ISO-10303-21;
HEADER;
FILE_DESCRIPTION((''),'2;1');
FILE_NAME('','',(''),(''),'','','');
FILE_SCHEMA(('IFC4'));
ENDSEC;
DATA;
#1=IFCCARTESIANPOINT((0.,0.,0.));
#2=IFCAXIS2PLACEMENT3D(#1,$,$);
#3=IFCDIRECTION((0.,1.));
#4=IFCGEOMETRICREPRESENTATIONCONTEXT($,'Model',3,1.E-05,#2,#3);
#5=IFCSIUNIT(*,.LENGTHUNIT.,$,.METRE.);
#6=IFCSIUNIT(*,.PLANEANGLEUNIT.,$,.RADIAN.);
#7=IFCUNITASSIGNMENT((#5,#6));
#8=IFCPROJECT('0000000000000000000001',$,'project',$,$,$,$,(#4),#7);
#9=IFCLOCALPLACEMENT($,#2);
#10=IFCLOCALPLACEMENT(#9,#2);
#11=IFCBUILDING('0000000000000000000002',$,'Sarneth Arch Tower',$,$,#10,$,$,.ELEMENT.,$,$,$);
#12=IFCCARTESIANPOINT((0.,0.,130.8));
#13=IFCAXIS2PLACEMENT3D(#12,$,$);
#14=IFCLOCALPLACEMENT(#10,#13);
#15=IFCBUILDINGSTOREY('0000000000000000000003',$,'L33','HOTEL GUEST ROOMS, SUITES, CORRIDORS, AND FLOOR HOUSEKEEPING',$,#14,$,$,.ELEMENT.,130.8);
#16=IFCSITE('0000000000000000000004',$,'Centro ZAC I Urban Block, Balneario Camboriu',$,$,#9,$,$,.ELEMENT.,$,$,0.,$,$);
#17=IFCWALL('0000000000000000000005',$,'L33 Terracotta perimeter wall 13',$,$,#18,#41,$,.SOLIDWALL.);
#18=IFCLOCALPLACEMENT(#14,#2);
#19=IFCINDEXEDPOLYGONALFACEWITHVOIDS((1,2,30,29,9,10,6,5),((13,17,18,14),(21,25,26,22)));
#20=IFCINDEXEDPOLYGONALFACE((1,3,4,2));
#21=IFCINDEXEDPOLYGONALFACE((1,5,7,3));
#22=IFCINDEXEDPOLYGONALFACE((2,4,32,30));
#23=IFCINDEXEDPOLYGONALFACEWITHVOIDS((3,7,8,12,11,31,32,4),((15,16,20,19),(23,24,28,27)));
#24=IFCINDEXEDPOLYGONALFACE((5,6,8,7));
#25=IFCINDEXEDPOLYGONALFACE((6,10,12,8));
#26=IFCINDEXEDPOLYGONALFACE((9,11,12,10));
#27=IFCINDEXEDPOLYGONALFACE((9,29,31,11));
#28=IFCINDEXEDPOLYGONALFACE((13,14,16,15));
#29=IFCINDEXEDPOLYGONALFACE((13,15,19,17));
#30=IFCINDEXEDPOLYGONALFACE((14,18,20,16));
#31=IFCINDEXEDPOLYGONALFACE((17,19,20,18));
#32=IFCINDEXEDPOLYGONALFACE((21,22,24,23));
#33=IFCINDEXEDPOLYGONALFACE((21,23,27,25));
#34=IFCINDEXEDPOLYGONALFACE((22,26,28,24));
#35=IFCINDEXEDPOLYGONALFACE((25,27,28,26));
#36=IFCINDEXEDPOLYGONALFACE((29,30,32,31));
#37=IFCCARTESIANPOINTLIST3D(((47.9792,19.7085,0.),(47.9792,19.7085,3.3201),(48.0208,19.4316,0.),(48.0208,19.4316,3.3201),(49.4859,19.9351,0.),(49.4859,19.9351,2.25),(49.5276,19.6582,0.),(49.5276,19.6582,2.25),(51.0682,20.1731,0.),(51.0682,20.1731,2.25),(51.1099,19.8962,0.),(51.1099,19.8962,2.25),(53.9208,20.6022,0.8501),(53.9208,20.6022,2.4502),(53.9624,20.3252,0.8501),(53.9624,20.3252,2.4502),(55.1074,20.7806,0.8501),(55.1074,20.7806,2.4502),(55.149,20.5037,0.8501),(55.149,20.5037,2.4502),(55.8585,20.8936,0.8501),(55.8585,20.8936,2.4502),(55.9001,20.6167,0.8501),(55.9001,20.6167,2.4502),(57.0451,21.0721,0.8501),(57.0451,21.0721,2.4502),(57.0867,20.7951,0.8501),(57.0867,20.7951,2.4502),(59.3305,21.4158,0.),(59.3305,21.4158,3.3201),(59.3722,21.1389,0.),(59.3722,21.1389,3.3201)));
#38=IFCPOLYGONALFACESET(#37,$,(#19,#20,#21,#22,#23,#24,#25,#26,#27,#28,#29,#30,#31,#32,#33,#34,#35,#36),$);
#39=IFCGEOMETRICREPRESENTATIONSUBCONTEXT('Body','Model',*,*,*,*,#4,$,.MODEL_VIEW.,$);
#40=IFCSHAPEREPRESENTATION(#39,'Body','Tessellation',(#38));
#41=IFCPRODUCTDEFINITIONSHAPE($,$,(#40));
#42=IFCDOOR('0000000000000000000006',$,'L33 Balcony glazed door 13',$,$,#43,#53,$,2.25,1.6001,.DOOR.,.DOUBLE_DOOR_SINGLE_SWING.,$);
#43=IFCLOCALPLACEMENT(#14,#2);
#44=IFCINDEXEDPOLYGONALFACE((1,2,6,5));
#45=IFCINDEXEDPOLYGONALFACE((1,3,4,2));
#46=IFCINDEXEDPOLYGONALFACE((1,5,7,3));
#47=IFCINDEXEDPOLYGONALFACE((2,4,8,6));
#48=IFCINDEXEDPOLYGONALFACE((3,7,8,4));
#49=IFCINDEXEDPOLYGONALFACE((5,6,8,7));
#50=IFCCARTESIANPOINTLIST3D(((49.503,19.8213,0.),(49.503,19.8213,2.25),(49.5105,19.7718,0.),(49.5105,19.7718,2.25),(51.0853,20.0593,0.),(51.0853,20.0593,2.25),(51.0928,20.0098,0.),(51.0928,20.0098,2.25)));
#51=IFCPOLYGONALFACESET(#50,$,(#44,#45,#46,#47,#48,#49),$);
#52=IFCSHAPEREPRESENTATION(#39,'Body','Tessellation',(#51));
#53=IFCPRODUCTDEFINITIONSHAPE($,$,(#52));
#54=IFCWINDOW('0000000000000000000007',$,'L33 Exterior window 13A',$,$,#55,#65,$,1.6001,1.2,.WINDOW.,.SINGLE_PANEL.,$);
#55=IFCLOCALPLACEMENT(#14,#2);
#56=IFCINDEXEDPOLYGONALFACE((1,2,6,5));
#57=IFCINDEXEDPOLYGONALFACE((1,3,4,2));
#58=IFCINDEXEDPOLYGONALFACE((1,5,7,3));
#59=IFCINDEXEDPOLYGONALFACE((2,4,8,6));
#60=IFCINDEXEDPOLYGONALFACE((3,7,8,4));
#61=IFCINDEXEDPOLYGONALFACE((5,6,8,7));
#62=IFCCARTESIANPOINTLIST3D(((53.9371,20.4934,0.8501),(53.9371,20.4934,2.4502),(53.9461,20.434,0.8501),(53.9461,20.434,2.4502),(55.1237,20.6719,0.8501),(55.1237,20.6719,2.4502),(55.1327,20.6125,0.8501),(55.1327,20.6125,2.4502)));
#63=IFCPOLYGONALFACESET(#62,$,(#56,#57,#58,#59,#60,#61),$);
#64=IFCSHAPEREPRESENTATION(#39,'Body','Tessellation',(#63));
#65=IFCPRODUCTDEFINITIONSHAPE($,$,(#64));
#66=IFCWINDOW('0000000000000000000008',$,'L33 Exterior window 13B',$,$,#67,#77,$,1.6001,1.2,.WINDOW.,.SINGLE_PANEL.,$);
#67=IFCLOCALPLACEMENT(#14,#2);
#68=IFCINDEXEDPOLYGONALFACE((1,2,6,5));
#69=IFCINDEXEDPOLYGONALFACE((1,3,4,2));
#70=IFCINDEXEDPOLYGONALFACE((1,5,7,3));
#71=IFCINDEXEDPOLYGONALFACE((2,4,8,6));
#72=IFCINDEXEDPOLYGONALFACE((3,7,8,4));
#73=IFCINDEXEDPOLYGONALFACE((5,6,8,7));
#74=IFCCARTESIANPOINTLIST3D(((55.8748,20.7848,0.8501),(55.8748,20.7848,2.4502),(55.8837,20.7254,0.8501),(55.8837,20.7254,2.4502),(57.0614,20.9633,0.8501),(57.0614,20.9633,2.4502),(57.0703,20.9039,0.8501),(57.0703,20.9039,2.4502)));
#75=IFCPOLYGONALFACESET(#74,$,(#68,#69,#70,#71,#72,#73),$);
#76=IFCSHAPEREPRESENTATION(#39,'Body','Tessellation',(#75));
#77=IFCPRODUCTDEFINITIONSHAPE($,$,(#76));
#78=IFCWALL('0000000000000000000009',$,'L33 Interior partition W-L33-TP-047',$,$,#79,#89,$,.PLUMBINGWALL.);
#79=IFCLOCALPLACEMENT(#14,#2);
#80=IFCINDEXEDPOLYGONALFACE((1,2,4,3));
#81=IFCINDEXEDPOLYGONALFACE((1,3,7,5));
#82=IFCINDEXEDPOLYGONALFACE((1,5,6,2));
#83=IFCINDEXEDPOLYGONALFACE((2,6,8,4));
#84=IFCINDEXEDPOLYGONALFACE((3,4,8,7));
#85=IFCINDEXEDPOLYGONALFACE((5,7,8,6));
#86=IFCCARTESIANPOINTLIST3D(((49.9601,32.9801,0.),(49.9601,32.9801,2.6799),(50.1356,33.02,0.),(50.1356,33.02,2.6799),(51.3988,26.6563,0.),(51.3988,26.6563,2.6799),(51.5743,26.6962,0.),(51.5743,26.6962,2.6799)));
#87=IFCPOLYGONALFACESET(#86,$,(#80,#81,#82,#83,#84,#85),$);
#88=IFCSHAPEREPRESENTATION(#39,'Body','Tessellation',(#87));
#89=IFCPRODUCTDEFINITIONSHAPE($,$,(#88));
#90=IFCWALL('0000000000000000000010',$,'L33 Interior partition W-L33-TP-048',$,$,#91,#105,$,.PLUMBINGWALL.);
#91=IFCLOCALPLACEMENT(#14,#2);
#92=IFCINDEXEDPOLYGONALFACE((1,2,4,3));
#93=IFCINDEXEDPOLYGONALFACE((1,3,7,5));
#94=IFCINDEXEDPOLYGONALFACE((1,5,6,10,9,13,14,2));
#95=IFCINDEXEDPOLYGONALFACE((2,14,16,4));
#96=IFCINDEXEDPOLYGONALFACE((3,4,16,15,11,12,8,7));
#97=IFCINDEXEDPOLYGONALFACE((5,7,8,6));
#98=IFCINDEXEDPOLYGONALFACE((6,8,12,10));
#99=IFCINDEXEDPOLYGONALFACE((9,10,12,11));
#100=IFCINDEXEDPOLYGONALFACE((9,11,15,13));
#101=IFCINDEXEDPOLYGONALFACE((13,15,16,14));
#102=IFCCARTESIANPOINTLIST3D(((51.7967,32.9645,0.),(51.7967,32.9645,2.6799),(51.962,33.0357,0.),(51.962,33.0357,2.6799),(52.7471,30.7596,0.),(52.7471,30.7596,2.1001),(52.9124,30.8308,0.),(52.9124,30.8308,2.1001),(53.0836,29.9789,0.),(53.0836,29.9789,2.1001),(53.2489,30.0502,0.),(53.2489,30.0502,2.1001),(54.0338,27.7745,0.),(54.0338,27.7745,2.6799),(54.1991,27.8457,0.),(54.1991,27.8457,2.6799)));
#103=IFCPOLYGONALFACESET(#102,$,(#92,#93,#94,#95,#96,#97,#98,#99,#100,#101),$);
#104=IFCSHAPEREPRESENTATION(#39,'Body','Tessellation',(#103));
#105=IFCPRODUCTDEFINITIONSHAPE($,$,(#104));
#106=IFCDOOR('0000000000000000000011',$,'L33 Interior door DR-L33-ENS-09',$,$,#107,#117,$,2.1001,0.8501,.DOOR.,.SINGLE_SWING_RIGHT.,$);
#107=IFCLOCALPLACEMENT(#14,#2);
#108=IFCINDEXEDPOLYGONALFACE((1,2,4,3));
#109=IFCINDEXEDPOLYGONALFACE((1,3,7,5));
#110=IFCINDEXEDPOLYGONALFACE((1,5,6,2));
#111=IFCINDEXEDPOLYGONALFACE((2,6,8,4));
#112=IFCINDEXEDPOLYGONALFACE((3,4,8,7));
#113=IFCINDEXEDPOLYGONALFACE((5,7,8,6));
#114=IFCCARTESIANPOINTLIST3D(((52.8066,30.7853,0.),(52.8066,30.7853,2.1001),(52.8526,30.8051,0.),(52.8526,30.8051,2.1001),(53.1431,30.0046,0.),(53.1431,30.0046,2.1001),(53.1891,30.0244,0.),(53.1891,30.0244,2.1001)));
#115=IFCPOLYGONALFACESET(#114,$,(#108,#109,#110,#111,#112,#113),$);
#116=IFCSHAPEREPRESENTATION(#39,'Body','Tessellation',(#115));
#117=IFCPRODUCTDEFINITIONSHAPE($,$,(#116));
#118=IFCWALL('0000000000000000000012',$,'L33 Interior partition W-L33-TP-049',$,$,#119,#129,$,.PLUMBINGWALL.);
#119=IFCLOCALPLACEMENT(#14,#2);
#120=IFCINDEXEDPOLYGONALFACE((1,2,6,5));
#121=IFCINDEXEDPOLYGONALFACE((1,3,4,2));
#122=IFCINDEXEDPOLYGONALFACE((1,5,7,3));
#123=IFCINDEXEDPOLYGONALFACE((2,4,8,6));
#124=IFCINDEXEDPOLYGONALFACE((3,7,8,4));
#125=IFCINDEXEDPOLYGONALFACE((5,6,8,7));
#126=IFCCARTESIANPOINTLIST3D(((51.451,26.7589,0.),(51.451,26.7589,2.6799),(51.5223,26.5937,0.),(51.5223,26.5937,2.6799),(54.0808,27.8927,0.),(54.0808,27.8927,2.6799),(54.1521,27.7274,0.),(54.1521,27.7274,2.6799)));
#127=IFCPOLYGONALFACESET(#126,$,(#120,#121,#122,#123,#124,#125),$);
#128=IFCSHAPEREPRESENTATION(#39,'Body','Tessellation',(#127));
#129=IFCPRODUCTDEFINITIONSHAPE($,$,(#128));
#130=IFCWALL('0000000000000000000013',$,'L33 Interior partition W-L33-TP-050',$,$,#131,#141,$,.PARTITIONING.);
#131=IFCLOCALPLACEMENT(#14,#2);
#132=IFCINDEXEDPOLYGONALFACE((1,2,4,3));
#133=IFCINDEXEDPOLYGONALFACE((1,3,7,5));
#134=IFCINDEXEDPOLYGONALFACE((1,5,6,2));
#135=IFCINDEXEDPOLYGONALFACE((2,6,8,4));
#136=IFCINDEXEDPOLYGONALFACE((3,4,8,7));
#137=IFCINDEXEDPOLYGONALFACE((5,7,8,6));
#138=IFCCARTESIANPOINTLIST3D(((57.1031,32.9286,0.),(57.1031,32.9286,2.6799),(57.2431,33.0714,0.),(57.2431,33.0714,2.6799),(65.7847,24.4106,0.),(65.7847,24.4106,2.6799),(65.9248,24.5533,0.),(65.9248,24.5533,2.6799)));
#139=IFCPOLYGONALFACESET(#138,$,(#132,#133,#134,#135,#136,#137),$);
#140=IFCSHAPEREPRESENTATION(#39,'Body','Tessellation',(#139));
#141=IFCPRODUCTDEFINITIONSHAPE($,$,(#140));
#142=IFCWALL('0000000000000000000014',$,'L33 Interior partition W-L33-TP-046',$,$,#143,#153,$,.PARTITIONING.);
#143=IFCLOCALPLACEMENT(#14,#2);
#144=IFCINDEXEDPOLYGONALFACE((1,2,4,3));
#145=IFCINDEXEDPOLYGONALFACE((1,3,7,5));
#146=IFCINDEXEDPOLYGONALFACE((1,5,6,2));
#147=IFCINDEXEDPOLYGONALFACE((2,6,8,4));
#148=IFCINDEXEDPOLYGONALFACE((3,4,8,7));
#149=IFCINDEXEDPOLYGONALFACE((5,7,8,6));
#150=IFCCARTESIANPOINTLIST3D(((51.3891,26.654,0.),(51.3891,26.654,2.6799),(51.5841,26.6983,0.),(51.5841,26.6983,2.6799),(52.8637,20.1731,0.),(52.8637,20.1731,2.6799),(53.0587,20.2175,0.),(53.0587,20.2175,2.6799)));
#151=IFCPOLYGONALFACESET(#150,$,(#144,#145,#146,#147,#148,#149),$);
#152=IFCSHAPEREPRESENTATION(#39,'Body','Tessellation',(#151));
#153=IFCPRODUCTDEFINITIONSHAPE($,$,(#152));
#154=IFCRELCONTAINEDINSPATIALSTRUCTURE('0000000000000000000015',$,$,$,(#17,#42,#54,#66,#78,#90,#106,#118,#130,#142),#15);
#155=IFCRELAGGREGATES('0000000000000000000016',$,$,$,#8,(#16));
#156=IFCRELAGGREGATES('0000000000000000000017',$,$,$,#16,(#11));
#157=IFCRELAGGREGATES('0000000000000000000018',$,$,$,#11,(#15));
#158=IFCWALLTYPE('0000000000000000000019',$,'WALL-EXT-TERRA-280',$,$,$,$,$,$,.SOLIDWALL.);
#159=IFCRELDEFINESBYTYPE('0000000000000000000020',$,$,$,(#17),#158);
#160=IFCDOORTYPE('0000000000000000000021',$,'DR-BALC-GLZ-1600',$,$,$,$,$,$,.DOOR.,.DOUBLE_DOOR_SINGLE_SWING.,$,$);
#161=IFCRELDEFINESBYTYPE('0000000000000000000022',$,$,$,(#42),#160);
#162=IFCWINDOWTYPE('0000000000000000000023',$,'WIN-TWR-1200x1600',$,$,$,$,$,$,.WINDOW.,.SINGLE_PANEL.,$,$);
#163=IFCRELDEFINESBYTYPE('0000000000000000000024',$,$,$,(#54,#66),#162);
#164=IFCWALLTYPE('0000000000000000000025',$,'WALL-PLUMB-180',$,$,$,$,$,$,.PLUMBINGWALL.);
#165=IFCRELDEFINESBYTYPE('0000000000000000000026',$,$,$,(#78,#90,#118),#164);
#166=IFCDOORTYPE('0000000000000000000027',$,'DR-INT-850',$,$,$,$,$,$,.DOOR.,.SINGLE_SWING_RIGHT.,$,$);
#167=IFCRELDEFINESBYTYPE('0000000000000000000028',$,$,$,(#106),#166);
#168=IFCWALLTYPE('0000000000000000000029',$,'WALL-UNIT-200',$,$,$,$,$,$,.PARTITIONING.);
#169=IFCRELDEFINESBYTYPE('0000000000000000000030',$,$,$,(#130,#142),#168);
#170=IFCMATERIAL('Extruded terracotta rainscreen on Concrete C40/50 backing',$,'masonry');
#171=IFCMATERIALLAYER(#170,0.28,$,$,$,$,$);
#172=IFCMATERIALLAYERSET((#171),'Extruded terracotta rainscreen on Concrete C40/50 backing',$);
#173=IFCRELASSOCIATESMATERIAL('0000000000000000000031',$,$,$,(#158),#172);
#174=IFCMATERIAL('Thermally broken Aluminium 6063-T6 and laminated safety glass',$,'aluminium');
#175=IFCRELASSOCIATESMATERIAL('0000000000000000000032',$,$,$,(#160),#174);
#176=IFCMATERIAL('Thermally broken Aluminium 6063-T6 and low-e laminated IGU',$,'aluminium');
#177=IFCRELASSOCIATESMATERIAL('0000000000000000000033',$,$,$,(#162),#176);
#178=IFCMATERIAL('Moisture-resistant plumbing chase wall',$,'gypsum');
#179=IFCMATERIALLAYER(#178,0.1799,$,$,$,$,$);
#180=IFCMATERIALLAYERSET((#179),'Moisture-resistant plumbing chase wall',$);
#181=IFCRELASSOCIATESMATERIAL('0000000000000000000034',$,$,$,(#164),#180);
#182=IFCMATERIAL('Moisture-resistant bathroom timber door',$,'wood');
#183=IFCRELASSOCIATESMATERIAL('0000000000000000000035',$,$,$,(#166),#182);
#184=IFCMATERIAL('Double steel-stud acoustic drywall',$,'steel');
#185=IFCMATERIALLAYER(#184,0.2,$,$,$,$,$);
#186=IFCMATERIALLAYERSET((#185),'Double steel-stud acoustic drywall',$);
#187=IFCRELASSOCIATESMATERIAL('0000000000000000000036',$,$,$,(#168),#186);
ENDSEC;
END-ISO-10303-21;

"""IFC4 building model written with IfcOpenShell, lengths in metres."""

from ifc_helpers import new_model, si_unit, direction, frame, frame_2d, origin, place, context, subcontext, project, spatial, rectangle, extrude, material, layer, layer_set, type_object, element, fill, save


model = new_model("IFC4")

# Units and contexts
model_context = context("Model", 3, precision=1e-05, world=origin(), true_north=direction((0.0, 1.0)))
body_context = subcontext(model_context, "Body", "Model", "MODEL_VIEW")
ifc_project = project(units=[si_unit("LENGTHUNIT", "METRE"), si_unit("PLANEANGLEUNIT", "RADIAN")], contexts=[model_context])

# Site, building, storey
site_placement = place(None, origin())
site = spatial("IfcSite", under=ifc_project, at=site_placement, Name="Centro ZAC I Urban Block, Balneario Camboriu", CompositionType="ELEMENT", RefElevation=0.0)
building_placement = place(site_placement, origin())
building = spatial("IfcBuilding", under=site, at=building_placement, Name="Sarneth Arch Tower", CompositionType="ELEMENT")
storey_placement = place(building_placement, frame((0.0, 0.0, 130.8)))
storey = spatial("IfcBuildingStorey", under=building, at=storey_placement, Name="L33", Description="HOTEL GUEST ROOMS, SUITES, CORRIDORS, AND FLOOR HOUSEKEEPING", CompositionType="ELEMENT", Elevation=130.8)

# Wall, openings, door, windows
ifc_material_1 = material(Name="Extruded terracotta rainscreen on Concrete C40/50 backing", Category="masonry")
ifc_layer_1 = layer(ifc_material_1, 0.28)
ifc_layer_set_1 = layer_set([ifc_layer_1], Name="Extruded terracotta rainscreen on Concrete C40/50 backing")
wall_type_1 = type_object("IfcWallType", Name="WALL-EXT-TERRA-280", PredefinedType="SOLIDWALL", material=ifc_layer_set_1)
wall_1_placement = place(storey_placement, frame((48.0, 19.5701, 0.0), z_axis=(0.0, 0.0, 1.0), x_axis=(0.988878, 0.14873, 0.0)))
wall_1 = element("IfcWall", 1, at=wall_1_placement, inside=storey, type_object=wall_type_1, Name="L33 Terracotta perimeter wall 13", PredefinedType="SOLIDWALL", context=body_context, shape_type="SweptSolid", body=[
    extrude(rectangle(XDim=11.479, YDim=0.28, at=frame_2d((5.7395, 0.0))), origin(), (0.0, 0.0, 1.0), 3.3201),
])
opening_1_placement = place(wall_1_placement, frame((1.5237, 0.0, 0.0)))
opening_1 = element("IfcOpeningElement", 2, at=opening_1_placement, cuts=wall_1, PredefinedType="OPENING", context=body_context, shape_type="SweptSolid", body=[
    extrude(rectangle(XDim=1.6001, YDim=2.25, at=frame_2d((0.8, 1.125))), frame((0.0, 0.1499, 0.0), z_axis=(0.0, -1.0, 0.0), x_axis=(1.0, 0.0, 0.0)), (0.0, 0.0, 1.0), 0.3),
])
opening_2_placement = place(wall_1_placement, frame((6.0083, 0.0, 0.8501)))
opening_2 = element("IfcOpeningElement", 3, at=opening_2_placement, cuts=wall_1, PredefinedType="OPENING", context=body_context, shape_type="SweptSolid", body=[
    extrude(rectangle(XDim=1.2, YDim=1.6001, at=frame_2d((0.6001, 0.8))), frame((0.0, 0.1499, 0.0), z_axis=(0.0, -1.0, 0.0), x_axis=(1.0, 0.0, 0.0)), (0.0, 0.0, 1.0), 0.3),
])
opening_3_placement = place(wall_1_placement, frame((7.9678, 0.0, 0.8501)))
opening_3 = element("IfcOpeningElement", 4, at=opening_3_placement, cuts=wall_1, PredefinedType="OPENING", context=body_context, shape_type="SweptSolid", body=[
    extrude(rectangle(XDim=1.2, YDim=1.6001, at=frame_2d((0.6001, 0.8))), frame((0.0, 0.1499, 0.0), z_axis=(0.0, -1.0, 0.0), x_axis=(1.0, 0.0, 0.0)), (0.0, 0.0, 1.0), 0.3),
])
ifc_material_2 = material(Name="Thermally broken Aluminium 6063-T6 and laminated safety glass", Category="aluminium")
door_type_1 = type_object("IfcDoorType", Name="DR-BALC-GLZ-1600", OperationType="DOUBLE_DOOR_SINGLE_SWING", PredefinedType="DOOR", material=ifc_material_2)
door_1_placement = place(opening_1_placement, origin())
door_1 = element("IfcDoor", 5, at=door_1_placement, inside=storey, type_object=door_type_1, Name="L33 Balcony glazed door 13", OperationType="DOUBLE_DOOR_SINGLE_SWING", OverallHeight=2.25, OverallWidth=1.6001, PredefinedType="DOOR", context=body_context, shape_type="SweptSolid", body=[
    extrude(rectangle(XDim=1.6001, YDim=2.25, at=frame_2d((0.8, 1.125))), frame((0.0, 0.0249, 0.0), z_axis=(0.0, -1.0, 0.0), x_axis=(1.0, 0.0, 0.0)), (0.0, 0.0, 1.0), 0.05),
])
fill(opening_1, door_1)
ifc_material_3 = material(Name="Thermally broken Aluminium 6063-T6 and low-e laminated IGU", Category="aluminium")
window_type = type_object("IfcWindowType", Name="WIN-TWR-1200x1600", PartitioningType="SINGLE_PANEL", PredefinedType="WINDOW", material=ifc_material_3)
window_1_placement = place(opening_2_placement, origin())
window_1 = element("IfcWindow", 6, at=window_1_placement, inside=storey, type_object=window_type, Name="L33 Exterior window 13A", OverallHeight=1.6001, OverallWidth=1.2, PartitioningType="SINGLE_PANEL", PredefinedType="WINDOW", context=body_context, shape_type="SweptSolid", body=[
    extrude(rectangle(XDim=1.2, YDim=1.6001, at=frame_2d((0.6001, 0.8))), frame((0.0, 0.03, 0.0), z_axis=(0.0, -1.0, 0.0), x_axis=(1.0, 0.0, 0.0)), (0.0, 0.0, 1.0), 0.0601),
])
fill(opening_2, window_1)
window_2_placement = place(opening_3_placement, origin())
window_2 = element("IfcWindow", 7, at=window_2_placement, inside=storey, type_object=window_type, Name="L33 Exterior window 13B", OverallHeight=1.6001, OverallWidth=1.2, PartitioningType="SINGLE_PANEL", PredefinedType="WINDOW", context=body_context, shape_type="SweptSolid", body=[
    extrude(rectangle(XDim=1.2, YDim=1.6001, at=frame_2d((0.6001, 0.8))), frame((0.0, 0.03, 0.0), z_axis=(0.0, -1.0, 0.0), x_axis=(1.0, 0.0, 0.0)), (0.0, 0.0, 1.0), 0.0601),
])
fill(opening_3, window_2)

# Wall
ifc_material_4 = material(Name="Moisture-resistant plumbing chase wall", Category="gypsum")
ifc_layer_2 = layer(ifc_material_4, 0.1799)
ifc_layer_set_2 = layer_set([ifc_layer_2], Name="Moisture-resistant plumbing chase wall")
wall_type_2 = type_object("IfcWallType", Name="WALL-PLUMB-180", PredefinedType="PLUMBINGWALL", material=ifc_layer_set_2)
wall_2_placement = place(storey_placement, frame((51.4866, 26.6763, 0.0), z_axis=(0.0, 0.0, 1.0), x_axis=(-0.221842, 0.975083, 0.0)))
element("IfcWall", 8, at=wall_2_placement, inside=storey, type_object=wall_type_2, Name="L33 Interior partition W-L33-TP-047", PredefinedType="PLUMBINGWALL", context=body_context, shape_type="SweptSolid", body=[
    extrude(rectangle(XDim=6.4854, YDim=0.1799, at=frame_2d((3.2427, 0.0))), origin(), (0.0, 0.0, 1.0), 2.6799),
])

# Wall, opening, door
wall_3_placement = place(storey_placement, frame((51.8794, 33.0, 0.0), z_axis=(0.0, 0.0, 1.0), x_axis=(0.395832, -0.918323, 0.0)))
wall_3 = element("IfcWall", 9, at=wall_3_placement, inside=storey, type_object=wall_type_2, Name="L33 Interior partition W-L33-TP-048", PredefinedType="PLUMBINGWALL", context=body_context, shape_type="SweptSolid", body=[
    extrude(rectangle(XDim=5.6516, YDim=0.1799, at=frame_2d((2.8257, 0.0))), origin(), (0.0, 0.0, 1.0), 2.6799),
])
opening_4_placement = place(wall_3_placement, frame((2.4009, 0.0, 0.0)))
opening_4 = element("IfcOpeningElement", 10, at=opening_4_placement, cuts=wall_3, PredefinedType="OPENING", context=body_context, shape_type="SweptSolid", body=[
    extrude(rectangle(XDim=0.8501, YDim=2.1001, at=frame_2d((0.425, 1.05))), frame((0.0, 0.0999, 0.0), z_axis=(0.0, -1.0, 0.0), x_axis=(1.0, 0.0, 0.0)), (0.0, 0.0, 1.0), 0.2),
])
ifc_material_5 = material(Name="Moisture-resistant bathroom timber door", Category="wood")
door_type_2 = type_object("IfcDoorType", Name="DR-INT-850", OperationType="SINGLE_SWING_RIGHT", PredefinedType="DOOR", material=ifc_material_5)
door_2_placement = place(opening_4_placement, origin())
door_2 = element("IfcDoor", 11, at=door_2_placement, inside=storey, type_object=door_type_2, Name="L33 Interior door DR-L33-ENS-09", OperationType="SINGLE_SWING_RIGHT", OverallHeight=2.1001, OverallWidth=0.8501, PredefinedType="DOOR", context=body_context, shape_type="SweptSolid", body=[
    extrude(rectangle(XDim=0.8501, YDim=2.1001, at=frame_2d((0.425, 1.05))), frame((0.0, 0.0249, 0.0), z_axis=(0.0, -1.0, 0.0), x_axis=(1.0, 0.0, 0.0)), (0.0, 0.0, 1.0), 0.05),
])
fill(opening_4, door_2)

# Walls
wall_4_placement = place(storey_placement, frame((54.1165, 27.8101, 0.0), z_axis=(0.0, 0.0, 1.0), x_axis=(-0.918296, -0.395894, 0.0)))
element("IfcWall", 12, at=wall_4_placement, inside=storey, type_object=wall_type_2, Name="L33 Interior partition W-L33-TP-049", PredefinedType="PLUMBINGWALL", context=body_context, shape_type="SweptSolid", body=[
    extrude(rectangle(XDim=2.8638, YDim=0.1799, at=frame_2d((1.4319, 0.0))), origin(), (0.0, 0.0, 1.0), 2.6799),
])
ifc_material_6 = material(Name="Double steel-stud acoustic drywall", Category="steel")
ifc_layer_3 = layer(ifc_material_6, 0.2)
ifc_layer_set_3 = layer_set([ifc_layer_3], Name="Double steel-stud acoustic drywall")
wall_type_3 = type_object("IfcWallType", Name="WALL-UNIT-200", PredefinedType="PARTITIONING", material=ifc_layer_set_3)
wall_5_placement = place(storey_placement, frame((57.1731, 33.0, 0.0), z_axis=(0.0, 0.0, 1.0), x_axis=(0.713799, -0.70035, 0.0)))
element("IfcWall", 13, at=wall_5_placement, inside=storey, type_object=wall_type_3, Name="L33 Interior partition W-L33-TP-050", PredefinedType="PARTITIONING", context=body_context, shape_type="SweptSolid", body=[
    extrude(rectangle(XDim=12.1626, YDim=0.2, at=frame_2d((6.0813, 0.0))), origin(), (0.0, 0.0, 1.0), 2.6799),
])
wall_6_placement = place(storey_placement, frame((52.9612, 20.1953, 0.0), z_axis=(0.0, 0.0, 1.0), x_axis=(-0.221859, 0.975079, 0.0)))
element("IfcWall", 14, at=wall_6_placement, inside=storey, type_object=wall_type_3, Name="L33 Interior partition W-L33-TP-046", PredefinedType="PARTITIONING", context=body_context, shape_type="SweptSolid", body=[
    extrude(rectangle(XDim=6.6465, YDim=0.2, at=frame_2d((3.3232, 0.0))), origin(), (0.0, 0.0, 1.0), 2.6799),
])

save(model, "model.ifc")
